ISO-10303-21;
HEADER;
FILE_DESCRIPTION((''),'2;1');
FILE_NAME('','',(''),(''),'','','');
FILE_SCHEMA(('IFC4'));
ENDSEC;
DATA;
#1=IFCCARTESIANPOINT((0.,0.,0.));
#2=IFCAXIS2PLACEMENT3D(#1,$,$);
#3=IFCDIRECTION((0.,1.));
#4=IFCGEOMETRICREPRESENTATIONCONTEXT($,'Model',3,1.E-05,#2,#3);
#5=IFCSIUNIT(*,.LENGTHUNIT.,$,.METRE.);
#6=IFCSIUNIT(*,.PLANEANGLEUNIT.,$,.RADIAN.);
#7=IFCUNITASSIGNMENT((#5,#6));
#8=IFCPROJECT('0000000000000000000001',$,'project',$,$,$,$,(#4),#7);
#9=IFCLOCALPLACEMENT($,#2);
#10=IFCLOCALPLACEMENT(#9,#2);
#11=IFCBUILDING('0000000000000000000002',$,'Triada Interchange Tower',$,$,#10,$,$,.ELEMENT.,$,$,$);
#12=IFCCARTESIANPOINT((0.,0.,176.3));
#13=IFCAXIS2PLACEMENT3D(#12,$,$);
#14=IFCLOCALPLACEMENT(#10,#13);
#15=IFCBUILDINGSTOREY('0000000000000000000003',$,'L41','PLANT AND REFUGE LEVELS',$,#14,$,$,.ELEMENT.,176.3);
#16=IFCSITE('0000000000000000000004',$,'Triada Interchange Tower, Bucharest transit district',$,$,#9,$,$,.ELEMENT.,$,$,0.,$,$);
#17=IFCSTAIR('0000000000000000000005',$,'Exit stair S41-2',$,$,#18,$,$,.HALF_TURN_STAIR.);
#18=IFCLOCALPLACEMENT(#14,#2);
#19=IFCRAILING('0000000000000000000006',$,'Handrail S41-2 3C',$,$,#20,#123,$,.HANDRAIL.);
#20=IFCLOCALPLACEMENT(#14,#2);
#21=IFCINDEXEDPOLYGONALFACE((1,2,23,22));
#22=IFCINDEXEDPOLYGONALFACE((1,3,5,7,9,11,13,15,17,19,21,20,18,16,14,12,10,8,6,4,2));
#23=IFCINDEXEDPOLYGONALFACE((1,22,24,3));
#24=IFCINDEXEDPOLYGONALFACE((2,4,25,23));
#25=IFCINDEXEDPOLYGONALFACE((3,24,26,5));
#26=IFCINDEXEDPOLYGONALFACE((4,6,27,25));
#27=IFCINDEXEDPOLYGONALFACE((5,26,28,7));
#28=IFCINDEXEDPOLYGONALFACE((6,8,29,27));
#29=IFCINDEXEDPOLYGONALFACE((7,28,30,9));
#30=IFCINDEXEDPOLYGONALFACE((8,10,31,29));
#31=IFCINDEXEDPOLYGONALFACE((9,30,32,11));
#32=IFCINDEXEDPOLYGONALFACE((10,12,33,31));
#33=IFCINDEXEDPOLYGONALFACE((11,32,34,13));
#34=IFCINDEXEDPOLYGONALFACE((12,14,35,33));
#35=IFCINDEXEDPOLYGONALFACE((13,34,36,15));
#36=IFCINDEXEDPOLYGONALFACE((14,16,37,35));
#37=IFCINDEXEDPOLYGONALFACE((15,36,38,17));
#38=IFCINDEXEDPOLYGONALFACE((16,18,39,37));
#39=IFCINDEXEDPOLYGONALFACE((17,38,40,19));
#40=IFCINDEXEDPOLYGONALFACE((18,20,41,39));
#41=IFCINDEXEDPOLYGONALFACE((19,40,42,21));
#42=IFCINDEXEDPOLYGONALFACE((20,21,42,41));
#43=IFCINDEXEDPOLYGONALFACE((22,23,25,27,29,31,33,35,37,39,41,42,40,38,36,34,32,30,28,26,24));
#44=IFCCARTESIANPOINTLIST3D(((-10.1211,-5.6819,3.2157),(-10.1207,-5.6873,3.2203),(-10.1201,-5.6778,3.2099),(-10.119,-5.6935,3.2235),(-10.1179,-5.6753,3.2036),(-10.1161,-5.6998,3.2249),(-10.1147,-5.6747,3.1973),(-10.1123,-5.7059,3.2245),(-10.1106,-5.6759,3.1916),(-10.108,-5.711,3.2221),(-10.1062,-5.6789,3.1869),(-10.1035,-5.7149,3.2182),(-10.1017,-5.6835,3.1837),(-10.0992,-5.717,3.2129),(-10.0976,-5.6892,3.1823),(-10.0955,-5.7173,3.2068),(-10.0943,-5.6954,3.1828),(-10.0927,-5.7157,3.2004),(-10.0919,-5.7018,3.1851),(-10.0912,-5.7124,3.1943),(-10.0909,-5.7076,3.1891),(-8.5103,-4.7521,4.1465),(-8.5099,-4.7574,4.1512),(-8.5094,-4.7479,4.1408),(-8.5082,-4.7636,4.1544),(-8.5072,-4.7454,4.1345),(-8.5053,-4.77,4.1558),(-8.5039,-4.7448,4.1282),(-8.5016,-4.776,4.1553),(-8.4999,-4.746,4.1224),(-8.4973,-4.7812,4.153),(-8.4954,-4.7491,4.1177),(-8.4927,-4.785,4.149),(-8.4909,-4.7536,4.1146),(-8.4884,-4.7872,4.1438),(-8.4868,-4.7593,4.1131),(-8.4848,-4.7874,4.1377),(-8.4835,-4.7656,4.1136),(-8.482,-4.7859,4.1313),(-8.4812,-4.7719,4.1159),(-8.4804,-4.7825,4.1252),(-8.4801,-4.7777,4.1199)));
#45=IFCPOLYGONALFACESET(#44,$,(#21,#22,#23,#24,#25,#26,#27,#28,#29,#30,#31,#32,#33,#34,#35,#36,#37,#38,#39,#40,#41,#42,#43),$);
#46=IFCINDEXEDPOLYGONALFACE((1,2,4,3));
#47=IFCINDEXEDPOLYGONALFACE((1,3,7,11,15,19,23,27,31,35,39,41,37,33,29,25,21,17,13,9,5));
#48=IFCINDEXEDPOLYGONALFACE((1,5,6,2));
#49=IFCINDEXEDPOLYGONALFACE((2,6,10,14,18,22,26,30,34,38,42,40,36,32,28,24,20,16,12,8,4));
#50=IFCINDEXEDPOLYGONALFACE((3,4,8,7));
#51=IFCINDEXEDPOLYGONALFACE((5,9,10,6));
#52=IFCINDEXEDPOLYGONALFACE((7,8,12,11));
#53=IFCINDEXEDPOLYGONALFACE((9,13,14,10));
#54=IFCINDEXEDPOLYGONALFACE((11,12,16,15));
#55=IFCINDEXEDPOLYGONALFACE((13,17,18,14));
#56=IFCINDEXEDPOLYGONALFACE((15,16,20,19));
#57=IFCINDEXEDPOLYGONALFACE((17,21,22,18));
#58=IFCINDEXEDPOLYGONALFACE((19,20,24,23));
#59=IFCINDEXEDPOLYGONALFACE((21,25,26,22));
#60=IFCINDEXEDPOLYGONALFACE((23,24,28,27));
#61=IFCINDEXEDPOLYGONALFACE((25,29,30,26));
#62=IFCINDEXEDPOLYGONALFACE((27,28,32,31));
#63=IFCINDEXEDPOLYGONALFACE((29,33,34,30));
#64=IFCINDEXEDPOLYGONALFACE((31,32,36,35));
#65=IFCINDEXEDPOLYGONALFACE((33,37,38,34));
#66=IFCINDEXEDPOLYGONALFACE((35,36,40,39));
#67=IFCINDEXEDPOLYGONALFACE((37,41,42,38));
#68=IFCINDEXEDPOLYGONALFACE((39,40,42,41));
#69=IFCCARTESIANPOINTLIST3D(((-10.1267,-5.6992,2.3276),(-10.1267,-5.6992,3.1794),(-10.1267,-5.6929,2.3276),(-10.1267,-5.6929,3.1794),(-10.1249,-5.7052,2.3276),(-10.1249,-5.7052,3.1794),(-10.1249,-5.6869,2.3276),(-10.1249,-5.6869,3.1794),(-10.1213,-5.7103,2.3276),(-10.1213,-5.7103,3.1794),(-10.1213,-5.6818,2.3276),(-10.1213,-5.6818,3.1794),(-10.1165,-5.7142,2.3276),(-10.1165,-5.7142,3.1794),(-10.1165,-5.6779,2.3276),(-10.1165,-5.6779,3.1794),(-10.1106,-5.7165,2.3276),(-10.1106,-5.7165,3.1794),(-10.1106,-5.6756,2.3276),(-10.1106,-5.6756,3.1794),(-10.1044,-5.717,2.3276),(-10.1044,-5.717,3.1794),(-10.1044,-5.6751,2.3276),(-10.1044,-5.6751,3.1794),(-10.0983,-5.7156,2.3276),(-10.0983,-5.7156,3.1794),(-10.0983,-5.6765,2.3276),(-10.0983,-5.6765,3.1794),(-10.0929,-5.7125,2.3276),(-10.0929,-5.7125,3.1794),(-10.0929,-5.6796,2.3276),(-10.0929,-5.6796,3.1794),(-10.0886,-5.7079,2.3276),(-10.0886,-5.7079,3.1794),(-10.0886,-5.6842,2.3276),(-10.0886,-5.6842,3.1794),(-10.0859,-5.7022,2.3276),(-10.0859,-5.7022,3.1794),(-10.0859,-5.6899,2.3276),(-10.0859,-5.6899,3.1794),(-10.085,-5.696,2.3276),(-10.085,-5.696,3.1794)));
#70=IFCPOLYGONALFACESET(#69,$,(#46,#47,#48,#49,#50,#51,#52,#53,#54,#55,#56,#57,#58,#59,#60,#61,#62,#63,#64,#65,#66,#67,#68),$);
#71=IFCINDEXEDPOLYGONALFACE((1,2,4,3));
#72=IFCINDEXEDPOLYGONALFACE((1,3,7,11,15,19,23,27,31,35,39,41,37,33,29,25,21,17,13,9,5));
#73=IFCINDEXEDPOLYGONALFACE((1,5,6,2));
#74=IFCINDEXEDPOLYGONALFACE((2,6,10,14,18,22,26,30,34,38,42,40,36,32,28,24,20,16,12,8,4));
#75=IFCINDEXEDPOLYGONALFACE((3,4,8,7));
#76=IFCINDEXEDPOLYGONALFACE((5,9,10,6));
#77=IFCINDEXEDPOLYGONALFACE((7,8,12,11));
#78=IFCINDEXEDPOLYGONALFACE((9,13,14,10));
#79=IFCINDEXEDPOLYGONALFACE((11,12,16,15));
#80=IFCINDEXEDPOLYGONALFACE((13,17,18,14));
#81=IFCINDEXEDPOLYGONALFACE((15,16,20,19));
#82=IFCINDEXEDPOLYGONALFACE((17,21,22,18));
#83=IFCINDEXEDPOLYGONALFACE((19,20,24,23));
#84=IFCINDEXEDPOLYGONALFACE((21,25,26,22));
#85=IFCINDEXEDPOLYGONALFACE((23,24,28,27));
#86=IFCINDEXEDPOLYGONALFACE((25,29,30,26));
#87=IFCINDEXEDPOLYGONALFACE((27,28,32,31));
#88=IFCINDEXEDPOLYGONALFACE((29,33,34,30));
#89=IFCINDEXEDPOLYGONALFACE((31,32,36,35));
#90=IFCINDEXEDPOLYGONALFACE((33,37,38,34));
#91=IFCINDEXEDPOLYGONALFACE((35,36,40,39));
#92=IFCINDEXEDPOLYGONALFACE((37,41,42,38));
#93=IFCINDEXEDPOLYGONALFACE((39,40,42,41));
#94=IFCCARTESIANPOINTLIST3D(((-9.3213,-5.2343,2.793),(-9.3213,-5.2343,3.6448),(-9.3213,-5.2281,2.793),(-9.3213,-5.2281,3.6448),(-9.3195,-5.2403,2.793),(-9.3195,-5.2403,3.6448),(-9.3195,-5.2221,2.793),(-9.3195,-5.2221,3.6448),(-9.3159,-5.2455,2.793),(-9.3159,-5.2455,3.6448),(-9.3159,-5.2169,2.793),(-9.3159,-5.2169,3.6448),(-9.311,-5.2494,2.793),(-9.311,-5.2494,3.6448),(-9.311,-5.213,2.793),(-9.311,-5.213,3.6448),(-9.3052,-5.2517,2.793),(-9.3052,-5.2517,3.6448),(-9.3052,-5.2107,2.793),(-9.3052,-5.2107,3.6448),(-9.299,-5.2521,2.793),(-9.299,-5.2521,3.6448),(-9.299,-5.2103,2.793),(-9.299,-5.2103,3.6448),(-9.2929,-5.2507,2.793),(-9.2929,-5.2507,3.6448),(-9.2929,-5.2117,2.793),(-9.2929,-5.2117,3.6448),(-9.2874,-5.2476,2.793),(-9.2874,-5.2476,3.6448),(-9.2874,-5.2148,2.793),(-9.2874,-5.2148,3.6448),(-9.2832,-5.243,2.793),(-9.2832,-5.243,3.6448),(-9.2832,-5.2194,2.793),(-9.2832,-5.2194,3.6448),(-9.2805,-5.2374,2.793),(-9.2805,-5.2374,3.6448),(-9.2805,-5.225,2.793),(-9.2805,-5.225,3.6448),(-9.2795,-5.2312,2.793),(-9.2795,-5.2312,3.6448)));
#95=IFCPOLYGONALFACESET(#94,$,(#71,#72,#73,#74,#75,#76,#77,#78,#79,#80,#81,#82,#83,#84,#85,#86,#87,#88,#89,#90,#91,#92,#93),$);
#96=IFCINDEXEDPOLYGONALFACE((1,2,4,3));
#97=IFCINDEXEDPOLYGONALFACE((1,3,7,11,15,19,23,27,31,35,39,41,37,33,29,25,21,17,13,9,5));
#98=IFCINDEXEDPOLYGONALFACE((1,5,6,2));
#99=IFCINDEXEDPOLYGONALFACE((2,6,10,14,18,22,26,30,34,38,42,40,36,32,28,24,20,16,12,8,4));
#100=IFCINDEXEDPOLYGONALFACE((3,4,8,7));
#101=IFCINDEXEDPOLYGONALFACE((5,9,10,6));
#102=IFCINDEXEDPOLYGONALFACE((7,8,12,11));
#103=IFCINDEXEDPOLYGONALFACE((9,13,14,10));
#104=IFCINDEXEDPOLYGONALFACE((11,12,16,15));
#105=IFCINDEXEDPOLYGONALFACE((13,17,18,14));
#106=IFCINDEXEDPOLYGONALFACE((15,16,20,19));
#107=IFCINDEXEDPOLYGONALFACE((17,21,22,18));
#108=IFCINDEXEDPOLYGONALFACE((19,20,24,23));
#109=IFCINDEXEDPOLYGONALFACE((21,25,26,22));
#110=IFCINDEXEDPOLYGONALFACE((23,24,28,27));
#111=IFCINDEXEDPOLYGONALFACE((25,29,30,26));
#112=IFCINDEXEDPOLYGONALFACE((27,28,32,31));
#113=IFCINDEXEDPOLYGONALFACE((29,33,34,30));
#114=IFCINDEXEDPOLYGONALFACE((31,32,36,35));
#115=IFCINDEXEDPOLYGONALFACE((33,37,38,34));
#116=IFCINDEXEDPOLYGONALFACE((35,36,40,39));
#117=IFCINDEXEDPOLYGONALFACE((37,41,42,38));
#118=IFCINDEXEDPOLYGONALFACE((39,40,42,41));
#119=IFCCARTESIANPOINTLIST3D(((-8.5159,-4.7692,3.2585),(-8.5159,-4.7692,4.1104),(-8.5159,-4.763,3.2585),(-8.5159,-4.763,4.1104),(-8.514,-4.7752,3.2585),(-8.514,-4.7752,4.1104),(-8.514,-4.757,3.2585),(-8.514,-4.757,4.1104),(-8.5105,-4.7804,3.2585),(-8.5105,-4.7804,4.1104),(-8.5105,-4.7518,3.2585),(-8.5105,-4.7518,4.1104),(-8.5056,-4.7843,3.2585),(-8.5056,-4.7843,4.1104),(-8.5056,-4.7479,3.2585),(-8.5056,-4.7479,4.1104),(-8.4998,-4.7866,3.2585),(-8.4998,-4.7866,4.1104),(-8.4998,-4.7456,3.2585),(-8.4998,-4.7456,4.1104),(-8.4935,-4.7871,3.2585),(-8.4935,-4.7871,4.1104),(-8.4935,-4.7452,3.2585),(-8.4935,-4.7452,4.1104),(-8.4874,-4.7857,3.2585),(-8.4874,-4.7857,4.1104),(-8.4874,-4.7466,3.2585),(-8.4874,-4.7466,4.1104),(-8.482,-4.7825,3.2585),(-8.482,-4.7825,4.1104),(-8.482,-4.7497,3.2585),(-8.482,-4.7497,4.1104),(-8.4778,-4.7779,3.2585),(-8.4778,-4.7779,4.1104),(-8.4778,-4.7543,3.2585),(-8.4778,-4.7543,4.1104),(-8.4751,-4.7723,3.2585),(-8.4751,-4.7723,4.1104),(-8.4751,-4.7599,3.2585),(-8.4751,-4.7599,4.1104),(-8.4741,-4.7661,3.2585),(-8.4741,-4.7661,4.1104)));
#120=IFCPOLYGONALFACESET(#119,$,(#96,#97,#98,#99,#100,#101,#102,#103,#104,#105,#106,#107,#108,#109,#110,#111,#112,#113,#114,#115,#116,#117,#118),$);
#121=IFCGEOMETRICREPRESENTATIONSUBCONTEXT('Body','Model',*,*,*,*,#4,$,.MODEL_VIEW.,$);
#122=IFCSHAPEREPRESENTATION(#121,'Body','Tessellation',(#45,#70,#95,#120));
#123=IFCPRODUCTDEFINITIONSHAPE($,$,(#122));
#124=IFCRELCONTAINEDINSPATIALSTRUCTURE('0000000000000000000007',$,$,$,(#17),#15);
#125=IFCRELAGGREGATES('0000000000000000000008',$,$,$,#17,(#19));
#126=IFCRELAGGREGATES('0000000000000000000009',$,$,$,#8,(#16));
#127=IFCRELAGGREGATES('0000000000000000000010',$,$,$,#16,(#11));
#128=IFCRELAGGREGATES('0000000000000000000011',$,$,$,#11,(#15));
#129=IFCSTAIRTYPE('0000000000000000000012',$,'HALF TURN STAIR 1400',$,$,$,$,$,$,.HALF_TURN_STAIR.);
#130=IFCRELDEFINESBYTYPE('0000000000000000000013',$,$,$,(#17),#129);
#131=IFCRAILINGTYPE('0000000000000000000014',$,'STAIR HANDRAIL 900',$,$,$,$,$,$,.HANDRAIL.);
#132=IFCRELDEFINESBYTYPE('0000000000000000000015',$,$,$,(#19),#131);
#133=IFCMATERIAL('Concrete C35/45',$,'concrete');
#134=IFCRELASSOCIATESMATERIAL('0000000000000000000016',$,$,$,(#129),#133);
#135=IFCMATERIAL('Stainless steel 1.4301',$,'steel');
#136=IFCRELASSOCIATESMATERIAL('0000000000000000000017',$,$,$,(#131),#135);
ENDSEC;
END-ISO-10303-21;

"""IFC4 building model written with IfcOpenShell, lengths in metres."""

from ifc_helpers import new_model, si_unit, direction, frame, origin, origin_2d, place, context, subcontext, project, spatial, circle, extrude, material, type_object, element, aggregate, save


model = new_model("IFC4")

# Units and contexts
model_context = context("Model", 3, precision=1e-05, world=origin(), true_north=direction((0.0, 1.0)))
body_context = subcontext(model_context, "Body", "Model", "MODEL_VIEW")
ifc_project = project(units=[si_unit("LENGTHUNIT", "METRE"), si_unit("PLANEANGLEUNIT", "RADIAN")], contexts=[model_context])

# Site, building, storey
site_placement = place(None, origin())
site = spatial("IfcSite", under=ifc_project, at=site_placement, Name="Triada Interchange Tower, Bucharest transit district", CompositionType="ELEMENT", RefElevation=0.0)
building_placement = place(site_placement, origin())
building = spatial("IfcBuilding", under=site, at=building_placement, Name="Triada Interchange Tower", CompositionType="ELEMENT")
storey_placement = place(building_placement, frame((0.0, 0.0, 176.3)))
storey = spatial("IfcBuildingStorey", under=building, at=storey_placement, Name="L41", Description="PLANT AND REFUGE LEVELS", CompositionType="ELEMENT", Elevation=176.3)

# Shared definitions
ifc_material_1 = material(Name="Concrete C35/45", Category="concrete")

# Stair, railing
stair_type = type_object("IfcStairType", Name="HALF TURN STAIR 1400", PredefinedType="HALF_TURN_STAIR", material=ifc_material_1)
stair_placement = place(storey_placement, origin())
stair = element("IfcStair", 1, at=stair_placement, inside=storey, type_object=stair_type, Name="Exit stair S41-2", PredefinedType="HALF_TURN_STAIR")
ifc_material_2 = material(Name="Stainless steel 1.4301", Category="steel")
railing_type_1 = type_object("IfcRailingType", Name="STAIR HANDRAIL 900", PredefinedType="HANDRAIL", material=ifc_material_2)
railing_1_placement = place(storey_placement, frame((-10.106, -5.696, 2.3276)))
railing_1 = element("IfcRailing", 2, at=railing_1_placement, type_object=railing_type_1, Name="Handrail S41-2 3C", PredefinedType="HANDRAIL", context=body_context, shape_type="SweptSolid", body=[
    extrude(circle(Radius=0.0239, at=origin_2d()), frame((0.0, 0.0, 0.876), z_axis=(0.774463, 0.447095, 0.447564), x_axis=(-0.499965, 0.866046, 0.0)), (0.0, 0.0, 1.0), 2.0798),
    extrude(circle(Radius=0.021, at=origin_2d()), origin(), (0.0, 0.0, 1.0), 0.8518),
    extrude(circle(Radius=0.021, at=origin_2d()), frame((0.8054, 0.4648, 0.4653)), (0.0, 0.0, 1.0), 0.8518),
    extrude(circle(Radius=0.021, at=origin_2d()), frame((1.6108, 0.9299, 0.9309)), (0.0, 0.0, 1.0), 0.8518),
])
aggregate(stair, [railing_1])

save(model, "model.ifc")
